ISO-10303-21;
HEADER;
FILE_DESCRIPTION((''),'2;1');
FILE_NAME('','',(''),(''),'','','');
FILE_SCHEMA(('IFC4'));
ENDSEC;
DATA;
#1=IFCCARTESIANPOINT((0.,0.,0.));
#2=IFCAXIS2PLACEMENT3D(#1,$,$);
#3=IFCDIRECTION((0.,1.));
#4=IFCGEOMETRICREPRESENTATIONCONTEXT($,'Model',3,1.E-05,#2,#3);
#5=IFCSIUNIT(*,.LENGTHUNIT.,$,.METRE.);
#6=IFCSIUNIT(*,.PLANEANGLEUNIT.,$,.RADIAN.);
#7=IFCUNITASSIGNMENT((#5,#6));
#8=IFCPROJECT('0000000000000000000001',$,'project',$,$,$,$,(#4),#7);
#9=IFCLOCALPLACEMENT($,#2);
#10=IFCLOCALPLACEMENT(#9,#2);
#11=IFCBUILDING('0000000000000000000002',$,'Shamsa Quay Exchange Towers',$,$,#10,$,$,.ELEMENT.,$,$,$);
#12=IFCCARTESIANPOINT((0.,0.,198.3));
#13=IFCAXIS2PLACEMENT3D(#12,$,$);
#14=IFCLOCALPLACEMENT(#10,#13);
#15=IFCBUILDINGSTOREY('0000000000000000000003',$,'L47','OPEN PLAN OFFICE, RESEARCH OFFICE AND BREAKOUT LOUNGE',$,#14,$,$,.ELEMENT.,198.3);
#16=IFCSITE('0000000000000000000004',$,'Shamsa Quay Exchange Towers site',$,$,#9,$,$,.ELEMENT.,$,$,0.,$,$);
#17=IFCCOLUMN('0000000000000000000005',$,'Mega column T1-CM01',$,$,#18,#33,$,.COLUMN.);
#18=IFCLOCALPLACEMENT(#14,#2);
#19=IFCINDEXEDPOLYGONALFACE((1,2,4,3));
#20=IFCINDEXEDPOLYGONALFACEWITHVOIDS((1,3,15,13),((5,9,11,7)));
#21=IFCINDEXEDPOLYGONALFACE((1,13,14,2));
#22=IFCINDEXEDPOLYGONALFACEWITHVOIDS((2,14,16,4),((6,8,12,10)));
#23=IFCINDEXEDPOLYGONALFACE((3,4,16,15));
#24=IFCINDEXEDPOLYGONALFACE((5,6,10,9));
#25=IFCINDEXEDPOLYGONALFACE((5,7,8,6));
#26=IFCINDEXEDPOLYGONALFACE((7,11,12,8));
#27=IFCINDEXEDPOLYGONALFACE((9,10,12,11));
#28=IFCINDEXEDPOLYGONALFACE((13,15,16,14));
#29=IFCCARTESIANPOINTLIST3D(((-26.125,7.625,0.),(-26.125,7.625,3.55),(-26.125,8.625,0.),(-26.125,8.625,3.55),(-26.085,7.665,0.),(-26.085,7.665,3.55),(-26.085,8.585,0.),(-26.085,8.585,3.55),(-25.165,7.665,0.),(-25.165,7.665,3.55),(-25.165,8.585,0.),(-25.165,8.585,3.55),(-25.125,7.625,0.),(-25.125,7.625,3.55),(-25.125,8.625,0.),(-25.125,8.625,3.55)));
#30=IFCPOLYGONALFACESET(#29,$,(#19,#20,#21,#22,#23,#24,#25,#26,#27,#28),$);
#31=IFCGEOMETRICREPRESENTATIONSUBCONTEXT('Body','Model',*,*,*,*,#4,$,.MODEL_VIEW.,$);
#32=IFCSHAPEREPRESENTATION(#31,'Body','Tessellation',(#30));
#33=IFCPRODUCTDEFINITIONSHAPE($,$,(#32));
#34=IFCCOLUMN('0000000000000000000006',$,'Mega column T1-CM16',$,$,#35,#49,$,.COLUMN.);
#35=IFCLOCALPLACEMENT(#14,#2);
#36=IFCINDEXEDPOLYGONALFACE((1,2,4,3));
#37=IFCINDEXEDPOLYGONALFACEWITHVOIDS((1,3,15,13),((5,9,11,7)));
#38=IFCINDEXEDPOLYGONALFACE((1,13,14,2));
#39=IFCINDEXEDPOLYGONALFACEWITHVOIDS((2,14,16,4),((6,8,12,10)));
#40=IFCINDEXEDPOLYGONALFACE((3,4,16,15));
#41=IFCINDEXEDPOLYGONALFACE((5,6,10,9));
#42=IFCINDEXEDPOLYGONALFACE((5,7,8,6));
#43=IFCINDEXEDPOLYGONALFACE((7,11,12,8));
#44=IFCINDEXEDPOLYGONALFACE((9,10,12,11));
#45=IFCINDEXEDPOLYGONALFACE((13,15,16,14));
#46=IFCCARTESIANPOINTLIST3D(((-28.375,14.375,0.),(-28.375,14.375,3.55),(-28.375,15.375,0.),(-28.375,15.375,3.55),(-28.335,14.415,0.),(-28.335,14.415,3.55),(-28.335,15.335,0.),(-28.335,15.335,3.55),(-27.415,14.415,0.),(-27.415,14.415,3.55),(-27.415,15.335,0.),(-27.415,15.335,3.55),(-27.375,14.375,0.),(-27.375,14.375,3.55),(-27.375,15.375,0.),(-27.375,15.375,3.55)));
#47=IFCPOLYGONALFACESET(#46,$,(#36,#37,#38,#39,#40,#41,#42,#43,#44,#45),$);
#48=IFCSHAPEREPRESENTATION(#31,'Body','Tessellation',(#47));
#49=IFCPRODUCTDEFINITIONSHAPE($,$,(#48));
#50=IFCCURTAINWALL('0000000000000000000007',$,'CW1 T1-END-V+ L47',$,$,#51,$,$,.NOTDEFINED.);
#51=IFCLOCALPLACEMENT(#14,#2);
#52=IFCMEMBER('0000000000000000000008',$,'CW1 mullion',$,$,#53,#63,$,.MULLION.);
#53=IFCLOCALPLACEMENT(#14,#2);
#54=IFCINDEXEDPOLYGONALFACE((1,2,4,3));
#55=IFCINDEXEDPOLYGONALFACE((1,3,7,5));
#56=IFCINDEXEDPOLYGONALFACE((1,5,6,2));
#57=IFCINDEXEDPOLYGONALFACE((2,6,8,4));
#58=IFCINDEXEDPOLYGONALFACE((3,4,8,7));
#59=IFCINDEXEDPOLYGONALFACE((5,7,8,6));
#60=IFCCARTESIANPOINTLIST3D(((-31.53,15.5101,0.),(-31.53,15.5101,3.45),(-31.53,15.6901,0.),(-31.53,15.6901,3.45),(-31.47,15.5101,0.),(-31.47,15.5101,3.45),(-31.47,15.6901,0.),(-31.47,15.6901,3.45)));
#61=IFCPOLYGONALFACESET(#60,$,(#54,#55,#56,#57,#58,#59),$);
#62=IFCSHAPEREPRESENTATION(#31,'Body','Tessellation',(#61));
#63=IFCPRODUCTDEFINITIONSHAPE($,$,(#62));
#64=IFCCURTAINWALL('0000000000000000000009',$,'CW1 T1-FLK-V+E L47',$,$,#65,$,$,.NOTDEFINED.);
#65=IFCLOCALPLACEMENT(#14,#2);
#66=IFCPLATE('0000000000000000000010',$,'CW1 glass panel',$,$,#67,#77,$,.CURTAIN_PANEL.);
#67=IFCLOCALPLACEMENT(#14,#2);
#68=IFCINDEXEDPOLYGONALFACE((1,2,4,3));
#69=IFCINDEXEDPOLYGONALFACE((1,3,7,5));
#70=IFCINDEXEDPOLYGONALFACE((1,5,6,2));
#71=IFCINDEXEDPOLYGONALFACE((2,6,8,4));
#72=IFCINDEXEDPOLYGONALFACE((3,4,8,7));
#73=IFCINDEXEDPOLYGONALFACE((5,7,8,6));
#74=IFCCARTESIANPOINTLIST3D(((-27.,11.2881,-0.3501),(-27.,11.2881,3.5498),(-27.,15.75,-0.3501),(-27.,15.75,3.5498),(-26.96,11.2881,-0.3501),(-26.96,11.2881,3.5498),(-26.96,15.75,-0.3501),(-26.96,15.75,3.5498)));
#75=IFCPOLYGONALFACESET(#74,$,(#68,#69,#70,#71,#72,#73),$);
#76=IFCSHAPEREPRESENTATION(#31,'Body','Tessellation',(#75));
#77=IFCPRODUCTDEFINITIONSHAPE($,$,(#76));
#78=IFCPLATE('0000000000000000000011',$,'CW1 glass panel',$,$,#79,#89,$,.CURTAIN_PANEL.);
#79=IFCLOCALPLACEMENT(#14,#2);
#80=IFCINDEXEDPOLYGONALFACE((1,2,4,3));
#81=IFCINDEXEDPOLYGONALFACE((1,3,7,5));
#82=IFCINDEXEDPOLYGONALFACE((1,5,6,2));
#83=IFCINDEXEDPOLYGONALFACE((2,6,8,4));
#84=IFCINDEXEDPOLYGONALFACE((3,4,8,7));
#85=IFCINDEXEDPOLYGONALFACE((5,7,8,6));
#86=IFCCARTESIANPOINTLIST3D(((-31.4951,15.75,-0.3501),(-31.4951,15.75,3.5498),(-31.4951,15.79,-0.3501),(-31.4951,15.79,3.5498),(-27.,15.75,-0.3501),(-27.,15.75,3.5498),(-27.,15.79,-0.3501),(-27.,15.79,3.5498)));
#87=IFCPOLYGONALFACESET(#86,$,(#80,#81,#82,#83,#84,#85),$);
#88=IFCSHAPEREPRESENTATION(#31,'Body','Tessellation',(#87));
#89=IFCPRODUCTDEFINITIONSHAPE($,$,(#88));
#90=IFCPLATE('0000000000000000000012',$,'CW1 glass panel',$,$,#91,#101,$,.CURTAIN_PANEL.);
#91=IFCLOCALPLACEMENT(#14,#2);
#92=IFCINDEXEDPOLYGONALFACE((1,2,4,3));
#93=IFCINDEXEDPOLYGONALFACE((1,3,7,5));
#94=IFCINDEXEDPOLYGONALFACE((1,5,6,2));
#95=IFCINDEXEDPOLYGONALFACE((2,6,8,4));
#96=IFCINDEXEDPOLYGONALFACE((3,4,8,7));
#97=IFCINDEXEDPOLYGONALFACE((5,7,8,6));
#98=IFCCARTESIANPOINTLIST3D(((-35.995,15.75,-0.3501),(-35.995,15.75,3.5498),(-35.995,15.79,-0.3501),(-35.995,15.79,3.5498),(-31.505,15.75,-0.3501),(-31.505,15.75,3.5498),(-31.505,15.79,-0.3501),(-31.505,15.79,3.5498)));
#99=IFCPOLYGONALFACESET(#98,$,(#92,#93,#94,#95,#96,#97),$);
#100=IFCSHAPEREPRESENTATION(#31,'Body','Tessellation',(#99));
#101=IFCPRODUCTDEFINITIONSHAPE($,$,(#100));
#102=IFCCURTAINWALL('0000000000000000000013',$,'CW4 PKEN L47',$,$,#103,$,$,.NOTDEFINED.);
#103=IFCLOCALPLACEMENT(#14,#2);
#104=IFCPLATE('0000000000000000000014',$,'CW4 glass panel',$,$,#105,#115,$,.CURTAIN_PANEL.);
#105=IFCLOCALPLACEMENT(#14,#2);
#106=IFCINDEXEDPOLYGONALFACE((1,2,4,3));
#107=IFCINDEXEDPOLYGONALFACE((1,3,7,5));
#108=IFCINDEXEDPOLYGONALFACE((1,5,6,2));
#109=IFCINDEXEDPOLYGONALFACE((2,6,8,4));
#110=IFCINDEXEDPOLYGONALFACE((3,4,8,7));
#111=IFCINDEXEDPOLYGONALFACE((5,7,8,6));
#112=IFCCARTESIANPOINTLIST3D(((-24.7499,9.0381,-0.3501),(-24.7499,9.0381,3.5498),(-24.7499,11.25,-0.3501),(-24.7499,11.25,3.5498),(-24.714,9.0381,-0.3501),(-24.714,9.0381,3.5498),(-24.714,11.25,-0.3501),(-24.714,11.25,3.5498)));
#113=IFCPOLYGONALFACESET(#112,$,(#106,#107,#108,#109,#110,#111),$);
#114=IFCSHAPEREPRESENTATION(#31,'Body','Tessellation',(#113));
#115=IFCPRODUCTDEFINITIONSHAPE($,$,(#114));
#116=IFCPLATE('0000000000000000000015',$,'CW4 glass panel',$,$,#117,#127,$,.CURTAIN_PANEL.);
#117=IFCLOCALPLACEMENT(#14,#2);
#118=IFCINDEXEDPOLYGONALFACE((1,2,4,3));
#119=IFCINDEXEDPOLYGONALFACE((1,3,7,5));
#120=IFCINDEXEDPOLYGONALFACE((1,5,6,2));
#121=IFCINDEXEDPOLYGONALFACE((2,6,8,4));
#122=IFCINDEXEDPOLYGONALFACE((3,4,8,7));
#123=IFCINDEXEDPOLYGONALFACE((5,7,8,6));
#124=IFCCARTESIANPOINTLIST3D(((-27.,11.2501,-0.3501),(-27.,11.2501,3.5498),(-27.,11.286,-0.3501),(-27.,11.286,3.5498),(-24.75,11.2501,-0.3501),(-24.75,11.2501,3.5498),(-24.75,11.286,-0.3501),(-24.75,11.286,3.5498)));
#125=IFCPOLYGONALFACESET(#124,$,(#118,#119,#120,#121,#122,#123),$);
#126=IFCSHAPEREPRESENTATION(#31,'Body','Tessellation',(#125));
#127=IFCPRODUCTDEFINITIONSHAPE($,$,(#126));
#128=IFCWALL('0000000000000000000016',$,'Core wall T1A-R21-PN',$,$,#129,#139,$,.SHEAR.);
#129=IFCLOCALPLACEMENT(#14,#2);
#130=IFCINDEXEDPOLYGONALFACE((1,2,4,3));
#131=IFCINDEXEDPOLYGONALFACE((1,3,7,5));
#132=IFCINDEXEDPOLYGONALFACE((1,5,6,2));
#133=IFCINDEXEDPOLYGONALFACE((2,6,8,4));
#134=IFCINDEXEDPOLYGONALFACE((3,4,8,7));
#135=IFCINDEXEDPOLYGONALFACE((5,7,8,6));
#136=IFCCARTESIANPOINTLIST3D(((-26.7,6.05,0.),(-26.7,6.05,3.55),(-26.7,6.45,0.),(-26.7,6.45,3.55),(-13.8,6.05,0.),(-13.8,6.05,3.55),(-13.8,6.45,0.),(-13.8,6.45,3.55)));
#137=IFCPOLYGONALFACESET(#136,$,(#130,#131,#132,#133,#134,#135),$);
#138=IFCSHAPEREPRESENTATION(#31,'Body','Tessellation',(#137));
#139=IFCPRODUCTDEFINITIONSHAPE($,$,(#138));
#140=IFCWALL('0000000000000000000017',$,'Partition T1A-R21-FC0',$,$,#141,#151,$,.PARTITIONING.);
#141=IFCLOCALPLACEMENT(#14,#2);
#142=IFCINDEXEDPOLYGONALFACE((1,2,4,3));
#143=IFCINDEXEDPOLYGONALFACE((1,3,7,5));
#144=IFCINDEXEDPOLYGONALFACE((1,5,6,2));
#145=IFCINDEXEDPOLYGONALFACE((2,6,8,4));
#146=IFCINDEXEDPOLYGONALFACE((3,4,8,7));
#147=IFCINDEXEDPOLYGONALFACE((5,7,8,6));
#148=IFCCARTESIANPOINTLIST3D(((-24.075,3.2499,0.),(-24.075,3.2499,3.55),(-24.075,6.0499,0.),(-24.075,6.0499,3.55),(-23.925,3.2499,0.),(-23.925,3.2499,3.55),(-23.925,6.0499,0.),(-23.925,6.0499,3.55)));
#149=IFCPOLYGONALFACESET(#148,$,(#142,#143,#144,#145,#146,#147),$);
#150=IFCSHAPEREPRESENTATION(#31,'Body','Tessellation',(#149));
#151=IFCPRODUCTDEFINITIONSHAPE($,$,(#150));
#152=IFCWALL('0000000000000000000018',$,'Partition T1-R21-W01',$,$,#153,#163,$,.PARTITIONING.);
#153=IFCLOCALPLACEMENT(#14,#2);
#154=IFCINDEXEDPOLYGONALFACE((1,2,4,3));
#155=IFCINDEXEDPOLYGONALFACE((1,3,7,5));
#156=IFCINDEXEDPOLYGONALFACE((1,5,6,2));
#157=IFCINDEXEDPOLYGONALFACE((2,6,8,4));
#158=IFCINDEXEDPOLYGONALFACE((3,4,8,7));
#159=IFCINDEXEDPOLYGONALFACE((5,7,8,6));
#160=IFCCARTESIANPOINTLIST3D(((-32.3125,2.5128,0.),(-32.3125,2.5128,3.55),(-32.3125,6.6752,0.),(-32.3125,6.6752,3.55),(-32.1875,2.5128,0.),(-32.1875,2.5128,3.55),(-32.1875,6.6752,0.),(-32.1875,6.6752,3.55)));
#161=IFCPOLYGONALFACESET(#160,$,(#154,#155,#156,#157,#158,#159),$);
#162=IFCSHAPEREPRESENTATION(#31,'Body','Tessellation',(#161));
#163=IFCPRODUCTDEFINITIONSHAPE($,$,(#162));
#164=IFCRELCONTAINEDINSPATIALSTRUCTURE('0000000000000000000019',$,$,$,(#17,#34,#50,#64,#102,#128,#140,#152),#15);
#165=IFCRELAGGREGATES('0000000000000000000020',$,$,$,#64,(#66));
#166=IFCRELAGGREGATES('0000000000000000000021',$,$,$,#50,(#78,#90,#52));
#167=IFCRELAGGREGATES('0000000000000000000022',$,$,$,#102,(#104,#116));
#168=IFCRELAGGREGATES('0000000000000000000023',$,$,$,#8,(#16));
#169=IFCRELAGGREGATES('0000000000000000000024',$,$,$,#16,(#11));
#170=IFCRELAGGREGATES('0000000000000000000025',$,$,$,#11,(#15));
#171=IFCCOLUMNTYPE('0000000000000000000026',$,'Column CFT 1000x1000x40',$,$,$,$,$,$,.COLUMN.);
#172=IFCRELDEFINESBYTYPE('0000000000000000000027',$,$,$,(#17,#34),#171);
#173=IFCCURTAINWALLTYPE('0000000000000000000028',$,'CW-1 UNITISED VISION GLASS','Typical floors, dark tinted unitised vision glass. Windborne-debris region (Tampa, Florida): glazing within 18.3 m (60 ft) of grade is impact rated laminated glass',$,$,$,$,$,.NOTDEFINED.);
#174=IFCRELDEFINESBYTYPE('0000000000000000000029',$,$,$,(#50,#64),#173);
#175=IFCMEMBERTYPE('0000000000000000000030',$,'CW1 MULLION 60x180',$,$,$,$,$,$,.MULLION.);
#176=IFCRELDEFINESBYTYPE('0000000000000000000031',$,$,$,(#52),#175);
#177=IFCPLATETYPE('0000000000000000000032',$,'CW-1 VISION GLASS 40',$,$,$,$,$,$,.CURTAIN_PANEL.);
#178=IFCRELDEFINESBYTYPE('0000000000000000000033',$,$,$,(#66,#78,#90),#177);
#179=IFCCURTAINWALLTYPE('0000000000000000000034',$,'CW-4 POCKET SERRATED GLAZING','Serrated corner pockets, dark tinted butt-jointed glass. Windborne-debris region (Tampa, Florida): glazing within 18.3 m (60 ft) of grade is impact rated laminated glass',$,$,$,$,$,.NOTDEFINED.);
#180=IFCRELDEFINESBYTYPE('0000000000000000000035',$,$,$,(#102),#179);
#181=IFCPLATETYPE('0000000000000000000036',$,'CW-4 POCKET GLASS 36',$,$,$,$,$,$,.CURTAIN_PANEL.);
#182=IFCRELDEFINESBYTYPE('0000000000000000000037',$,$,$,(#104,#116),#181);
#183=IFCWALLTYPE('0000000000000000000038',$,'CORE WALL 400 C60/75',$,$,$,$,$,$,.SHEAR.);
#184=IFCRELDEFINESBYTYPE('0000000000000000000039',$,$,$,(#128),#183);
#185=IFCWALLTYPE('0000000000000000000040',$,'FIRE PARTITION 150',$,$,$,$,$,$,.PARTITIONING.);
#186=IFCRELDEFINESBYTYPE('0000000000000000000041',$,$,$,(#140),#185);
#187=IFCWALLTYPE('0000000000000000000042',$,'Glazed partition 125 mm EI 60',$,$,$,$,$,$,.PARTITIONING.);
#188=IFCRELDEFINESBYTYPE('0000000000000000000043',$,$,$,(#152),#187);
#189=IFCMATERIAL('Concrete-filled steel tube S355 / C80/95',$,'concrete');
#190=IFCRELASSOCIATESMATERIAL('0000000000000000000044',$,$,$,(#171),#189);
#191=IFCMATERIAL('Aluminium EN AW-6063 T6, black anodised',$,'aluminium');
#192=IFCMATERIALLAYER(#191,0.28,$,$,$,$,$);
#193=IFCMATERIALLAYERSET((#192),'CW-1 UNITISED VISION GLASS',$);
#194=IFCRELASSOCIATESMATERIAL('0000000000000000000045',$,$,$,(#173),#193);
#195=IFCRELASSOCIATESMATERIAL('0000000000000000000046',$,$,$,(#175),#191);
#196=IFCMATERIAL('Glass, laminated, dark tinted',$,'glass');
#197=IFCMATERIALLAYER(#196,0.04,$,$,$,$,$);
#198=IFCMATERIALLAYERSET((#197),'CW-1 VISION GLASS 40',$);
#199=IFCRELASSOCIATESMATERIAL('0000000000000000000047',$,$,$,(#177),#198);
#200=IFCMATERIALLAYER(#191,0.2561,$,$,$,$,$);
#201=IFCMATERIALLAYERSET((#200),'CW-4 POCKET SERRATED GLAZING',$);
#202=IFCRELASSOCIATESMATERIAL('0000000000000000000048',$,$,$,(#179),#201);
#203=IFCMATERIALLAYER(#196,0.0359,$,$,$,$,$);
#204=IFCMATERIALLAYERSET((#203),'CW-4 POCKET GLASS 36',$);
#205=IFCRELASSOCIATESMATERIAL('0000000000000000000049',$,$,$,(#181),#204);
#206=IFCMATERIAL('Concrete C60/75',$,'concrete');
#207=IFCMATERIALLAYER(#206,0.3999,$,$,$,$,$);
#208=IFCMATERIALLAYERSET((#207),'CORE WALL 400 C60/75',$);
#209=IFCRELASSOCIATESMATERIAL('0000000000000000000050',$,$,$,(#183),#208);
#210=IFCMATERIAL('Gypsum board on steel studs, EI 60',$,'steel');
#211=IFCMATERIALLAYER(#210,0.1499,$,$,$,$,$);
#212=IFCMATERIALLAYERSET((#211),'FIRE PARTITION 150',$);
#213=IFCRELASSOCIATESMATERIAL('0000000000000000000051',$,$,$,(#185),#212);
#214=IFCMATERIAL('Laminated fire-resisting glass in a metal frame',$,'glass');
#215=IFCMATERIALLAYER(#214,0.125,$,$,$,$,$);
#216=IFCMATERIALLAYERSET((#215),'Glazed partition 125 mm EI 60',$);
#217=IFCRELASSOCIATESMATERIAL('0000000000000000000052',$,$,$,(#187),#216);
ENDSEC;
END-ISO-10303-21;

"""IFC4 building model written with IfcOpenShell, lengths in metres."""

from ifc_helpers import new_model, si_unit, direction, frame, frame_2d, origin, origin_2d, place, context, subcontext, project, spatial, rectangle, hollow_rectangle, extrude, material, layer, layer_set, material_profile, profile_set, type_object, element, aggregate, save


model = new_model("IFC4")

# Units and contexts
model_context = context("Model", 3, precision=1e-05, world=origin(), true_north=direction((0.0, 1.0)))
body_context = subcontext(model_context, "Body", "Model", "MODEL_VIEW")
ifc_project = project(units=[si_unit("LENGTHUNIT", "METRE"), si_unit("PLANEANGLEUNIT", "RADIAN")], contexts=[model_context])

# Site, building, storey
site_placement = place(None, origin())
site = spatial("IfcSite", under=ifc_project, at=site_placement, Name="Shamsa Quay Exchange Towers site", CompositionType="ELEMENT", RefElevation=0.0)
building_placement = place(site_placement, origin())
building = spatial("IfcBuilding", under=site, at=building_placement, Name="Shamsa Quay Exchange Towers", CompositionType="ELEMENT")
storey_placement = place(building_placement, frame((0.0, 0.0, 198.3)))
storey = spatial("IfcBuildingStorey", under=building, at=storey_placement, Name="L47", Description="OPEN PLAN OFFICE, RESEARCH OFFICE AND BREAKOUT LOUNGE", CompositionType="ELEMENT", Elevation=198.3)

# Columns
ifc_material_1 = material(Name="Concrete-filled steel tube S355 / C80/95", Category="concrete")
ifc_material_profile_1 = material_profile(ifc_material_1, hollow_rectangle(XDim=1.0, YDim=1.0, WallThickness=0.04, at=origin_2d()), Name="CFT 1000x1000x40")
ifc_profile_set_1 = profile_set([ifc_material_profile_1], Name="Concrete-filled steel tube S355 / C80/95")
column_type = type_object("IfcColumnType", Name="Column CFT 1000x1000x40", PredefinedType="COLUMN", material=ifc_profile_set_1)
for number, where, name in (
    (1, (-25.625, 8.125, 0.0), "Mega column T1-CM01"),
    (2, (-27.875, 14.875, 0.0), "Mega column T1-CM16"),
):
    element("IfcColumn", number, at=place(storey_placement, frame(where)), inside=storey, type_object=column_type, Name=name, PredefinedType="COLUMN", context=body_context, shape_type="SweptSolid", body=[
        extrude(hollow_rectangle(XDim=1.0, YDim=1.0, WallThickness=0.04, at=origin_2d()), origin(), (0.0, 0.0, 1.0), 3.55),
    ])

# Curtain wall, member
ifc_material_2 = material(Name="Aluminium EN AW-6063 T6, black anodised", Category="aluminium")
ifc_layer_1 = layer(ifc_material_2, 0.28)
ifc_layer_set_1 = layer_set([ifc_layer_1], Name="CW-1 UNITISED VISION GLASS")
curtain_wall_type_1 = type_object("IfcCurtainWallType", Name="CW-1 UNITISED VISION GLASS", Description="Typical floors, dark tinted unitised vision glass. Windborne-debris region (Tampa, Florida): glazing within 18.3 m (60 ft) of grade is impact rated laminated glass", PredefinedType="NOTDEFINED", material=ifc_layer_set_1)
curtain_wall_1_placement = place(storey_placement, origin())
curtain_wall_1 = element("IfcCurtainWall", 3, at=curtain_wall_1_placement, inside=storey, type_object=curtain_wall_type_1, Name="CW1 T1-END-V+ L47", PredefinedType="NOTDEFINED")
ifc_material_profile_2 = material_profile(ifc_material_2, rectangle(XDim=0.1799, YDim=0.0601, at=origin_2d()), Name="MU60x180")
ifc_profile_set_2 = profile_set([ifc_material_profile_2], Name="Aluminium EN AW-6063 T6, black anodised")
member_type = type_object("IfcMemberType", Name="CW1 MULLION 60x180", PredefinedType="MULLION", material=ifc_profile_set_2)
member_placement = place(storey_placement, frame((-31.5, 15.6001, 0.0), z_axis=(0.0, 0.0, 1.0), x_axis=(0.0, -1.0, 0.0)))
member = element("IfcMember", 4, at=member_placement, type_object=member_type, Name="CW1 mullion", PredefinedType="MULLION", context=body_context, shape_type="SweptSolid", body=[
    extrude(rectangle(XDim=0.1799, YDim=0.0601, at=origin_2d()), origin(), (0.0, 0.0, 1.0), 3.45),
])

# Curtain wall, plate
curtain_wall_2_placement = place(storey_placement, origin())
curtain_wall_2 = element("IfcCurtainWall", 5, at=curtain_wall_2_placement, inside=storey, type_object=curtain_wall_type_1, Name="CW1 T1-FLK-V+E L47", PredefinedType="NOTDEFINED")
ifc_material_3 = material(Name="Glass, laminated, dark tinted", Category="glass")
ifc_layer_2 = layer(ifc_material_3, 0.04)
ifc_layer_set_2 = layer_set([ifc_layer_2], Name="CW-1 VISION GLASS 40")
plate_type_1 = type_object("IfcPlateType", Name="CW-1 VISION GLASS 40", PredefinedType="CURTAIN_PANEL", material=ifc_layer_set_2)
plate_1_placement = place(storey_placement, frame((-26.98, 13.519, -0.3501), z_axis=(0.0, 0.0, 1.0), x_axis=(0.0, 1.0, 0.0)))
plate_1 = element("IfcPlate", 6, at=plate_1_placement, type_object=plate_type_1, Name="CW1 glass panel", PredefinedType="CURTAIN_PANEL", context=body_context, shape_type="SweptSolid", body=[
    extrude(rectangle(XDim=4.4619, YDim=0.04, at=origin_2d()), origin(), (0.0, 0.0, 1.0), 3.8999),
])
aggregate(curtain_wall_2, [plate_1])

# Plates
plate_2_placement = place(storey_placement, frame((-29.2476, 15.77, -0.3501), z_axis=(0.0, 0.0, 1.0), x_axis=(-1.0, 0.0, 0.0)))
plate_2 = element("IfcPlate", 7, at=plate_2_placement, type_object=plate_type_1, Name="CW1 glass panel", PredefinedType="CURTAIN_PANEL", context=body_context, shape_type="SweptSolid", body=[
    extrude(rectangle(XDim=4.4951, YDim=0.04, at=origin_2d()), origin(), (0.0, 0.0, 1.0), 3.8999),
])
plate_3_placement = place(storey_placement, frame((-33.75, 15.77, -0.3501), z_axis=(0.0, 0.0, 1.0), x_axis=(-1.0, 0.0, 0.0)))
plate_3 = element("IfcPlate", 8, at=plate_3_placement, type_object=plate_type_1, Name="CW1 glass panel", PredefinedType="CURTAIN_PANEL", context=body_context, shape_type="SweptSolid", body=[
    extrude(rectangle(XDim=4.49, YDim=0.04, at=origin_2d()), origin(), (0.0, 0.0, 1.0), 3.8999),
])
aggregate(curtain_wall_1, [plate_2, plate_3, member])

# Curtain wall, plates
ifc_layer_3 = layer(ifc_material_2, 0.2561)
ifc_layer_set_3 = layer_set([ifc_layer_3], Name="CW-4 POCKET SERRATED GLAZING")
curtain_wall_type_2 = type_object("IfcCurtainWallType", Name="CW-4 POCKET SERRATED GLAZING", Description="Serrated corner pockets, dark tinted butt-jointed glass. Windborne-debris region (Tampa, Florida): glazing within 18.3 m (60 ft) of grade is impact rated laminated glass", PredefinedType="NOTDEFINED", material=ifc_layer_set_3)
curtain_wall_3_placement = place(storey_placement, origin())
curtain_wall_3 = element("IfcCurtainWall", 9, at=curtain_wall_3_placement, inside=storey, type_object=curtain_wall_type_2, Name="CW4 PKEN L47", PredefinedType="NOTDEFINED")
ifc_layer_4 = layer(ifc_material_3, 0.0359)
ifc_layer_set_4 = layer_set([ifc_layer_4], Name="CW-4 POCKET GLASS 36")
plate_type_2 = type_object("IfcPlateType", Name="CW-4 POCKET GLASS 36", PredefinedType="CURTAIN_PANEL", material=ifc_layer_set_4)
plate_4_placement = place(storey_placement, frame((-24.7319, 10.144, -0.3501), z_axis=(0.0, 0.0, 1.0), x_axis=(0.0, 1.0, 0.0)))
plate_4 = element("IfcPlate", 10, at=plate_4_placement, type_object=plate_type_2, Name="CW4 glass panel", PredefinedType="CURTAIN_PANEL", context=body_context, shape_type="SweptSolid", body=[
    extrude(rectangle(XDim=2.2119, YDim=0.0359, at=origin_2d()), origin(), (0.0, 0.0, 1.0), 3.8999),
])
plate_5_placement = place(storey_placement, frame((-25.875, 11.2681, -0.3501), z_axis=(0.0, 0.0, 1.0), x_axis=(-1.0, 0.0, 0.0)))
plate_5 = element("IfcPlate", 11, at=plate_5_placement, type_object=plate_type_2, Name="CW4 glass panel", PredefinedType="CURTAIN_PANEL", context=body_context, shape_type="SweptSolid", body=[
    extrude(rectangle(XDim=2.25, YDim=0.0359, at=origin_2d()), origin(), (0.0, 0.0, 1.0), 3.8999),
])
aggregate(curtain_wall_3, [plate_4, plate_5])

# Wall
ifc_material_4 = material(Name="Concrete C60/75", Category="concrete")
ifc_layer_5 = layer(ifc_material_4, 0.3999)
ifc_layer_set_5 = layer_set([ifc_layer_5], Name="CORE WALL 400 C60/75")
wall_type_1 = type_object("IfcWallType", Name="CORE WALL 400 C60/75", PredefinedType="SHEAR", material=ifc_layer_set_5)
wall_1_placement = place(storey_placement, frame((-26.7, 6.25, 0.0)))
element("IfcWall", 12, at=wall_1_placement, inside=storey, type_object=wall_type_1, Name="Core wall T1A-R21-PN", PredefinedType="SHEAR", context=body_context, shape_type="SweptSolid", body=[
    extrude(rectangle(XDim=12.8999, YDim=0.3999, at=frame_2d((6.45, 0.0))), origin(), (0.0, 0.0, 1.0), 3.55),
])

# Walls
ifc_material_5 = material(Name="Gypsum board on steel studs, EI 60", Category="steel")
ifc_layer_6 = layer(ifc_material_5, 0.1499)
ifc_layer_set_6 = layer_set([ifc_layer_6], Name="FIRE PARTITION 150")
wall_type_2 = type_object("IfcWallType", Name="FIRE PARTITION 150", PredefinedType="PARTITIONING", material=ifc_layer_set_6)
wall_2_placement = place(storey_placement, frame((-24.0, 3.25, 0.0), z_axis=(0.0, 0.0, 1.0), x_axis=(0.0, 1.0, 0.0)))
element("IfcWall", 13, at=wall_2_placement, inside=storey, type_object=wall_type_2, Name="Partition T1A-R21-FC0", PredefinedType="PARTITIONING", context=body_context, shape_type="SweptSolid", body=[
    extrude(rectangle(XDim=2.8, YDim=0.1499, at=frame_2d((1.3999, 0.0))), origin(), (0.0, 0.0, 1.0), 3.55),
])
ifc_material_6 = material(Name="Laminated fire-resisting glass in a metal frame", Category="glass")
ifc_layer_7 = layer(ifc_material_6, 0.125)
ifc_layer_set_7 = layer_set([ifc_layer_7], Name="Glazed partition 125 mm EI 60")
wall_type_3 = type_object("IfcWallType", Name="Glazed partition 125 mm EI 60", PredefinedType="PARTITIONING", material=ifc_layer_set_7)
wall_3_placement = place(storey_placement, frame((-32.25, 6.675, 0.0), z_axis=(0.0, 0.0, 1.0), x_axis=(0.0, -1.0, 0.0)))
element("IfcWall", 14, at=wall_3_placement, inside=storey, type_object=wall_type_3, Name="Partition T1-R21-W01", PredefinedType="PARTITIONING", context=body_context, shape_type="SweptSolid", body=[
    extrude(rectangle(XDim=4.1624, YDim=0.125, at=frame_2d((2.0811, 0.0))), origin(), (0.0, 0.0, 1.0), 3.55),
])

save(model, "model.ifc")
